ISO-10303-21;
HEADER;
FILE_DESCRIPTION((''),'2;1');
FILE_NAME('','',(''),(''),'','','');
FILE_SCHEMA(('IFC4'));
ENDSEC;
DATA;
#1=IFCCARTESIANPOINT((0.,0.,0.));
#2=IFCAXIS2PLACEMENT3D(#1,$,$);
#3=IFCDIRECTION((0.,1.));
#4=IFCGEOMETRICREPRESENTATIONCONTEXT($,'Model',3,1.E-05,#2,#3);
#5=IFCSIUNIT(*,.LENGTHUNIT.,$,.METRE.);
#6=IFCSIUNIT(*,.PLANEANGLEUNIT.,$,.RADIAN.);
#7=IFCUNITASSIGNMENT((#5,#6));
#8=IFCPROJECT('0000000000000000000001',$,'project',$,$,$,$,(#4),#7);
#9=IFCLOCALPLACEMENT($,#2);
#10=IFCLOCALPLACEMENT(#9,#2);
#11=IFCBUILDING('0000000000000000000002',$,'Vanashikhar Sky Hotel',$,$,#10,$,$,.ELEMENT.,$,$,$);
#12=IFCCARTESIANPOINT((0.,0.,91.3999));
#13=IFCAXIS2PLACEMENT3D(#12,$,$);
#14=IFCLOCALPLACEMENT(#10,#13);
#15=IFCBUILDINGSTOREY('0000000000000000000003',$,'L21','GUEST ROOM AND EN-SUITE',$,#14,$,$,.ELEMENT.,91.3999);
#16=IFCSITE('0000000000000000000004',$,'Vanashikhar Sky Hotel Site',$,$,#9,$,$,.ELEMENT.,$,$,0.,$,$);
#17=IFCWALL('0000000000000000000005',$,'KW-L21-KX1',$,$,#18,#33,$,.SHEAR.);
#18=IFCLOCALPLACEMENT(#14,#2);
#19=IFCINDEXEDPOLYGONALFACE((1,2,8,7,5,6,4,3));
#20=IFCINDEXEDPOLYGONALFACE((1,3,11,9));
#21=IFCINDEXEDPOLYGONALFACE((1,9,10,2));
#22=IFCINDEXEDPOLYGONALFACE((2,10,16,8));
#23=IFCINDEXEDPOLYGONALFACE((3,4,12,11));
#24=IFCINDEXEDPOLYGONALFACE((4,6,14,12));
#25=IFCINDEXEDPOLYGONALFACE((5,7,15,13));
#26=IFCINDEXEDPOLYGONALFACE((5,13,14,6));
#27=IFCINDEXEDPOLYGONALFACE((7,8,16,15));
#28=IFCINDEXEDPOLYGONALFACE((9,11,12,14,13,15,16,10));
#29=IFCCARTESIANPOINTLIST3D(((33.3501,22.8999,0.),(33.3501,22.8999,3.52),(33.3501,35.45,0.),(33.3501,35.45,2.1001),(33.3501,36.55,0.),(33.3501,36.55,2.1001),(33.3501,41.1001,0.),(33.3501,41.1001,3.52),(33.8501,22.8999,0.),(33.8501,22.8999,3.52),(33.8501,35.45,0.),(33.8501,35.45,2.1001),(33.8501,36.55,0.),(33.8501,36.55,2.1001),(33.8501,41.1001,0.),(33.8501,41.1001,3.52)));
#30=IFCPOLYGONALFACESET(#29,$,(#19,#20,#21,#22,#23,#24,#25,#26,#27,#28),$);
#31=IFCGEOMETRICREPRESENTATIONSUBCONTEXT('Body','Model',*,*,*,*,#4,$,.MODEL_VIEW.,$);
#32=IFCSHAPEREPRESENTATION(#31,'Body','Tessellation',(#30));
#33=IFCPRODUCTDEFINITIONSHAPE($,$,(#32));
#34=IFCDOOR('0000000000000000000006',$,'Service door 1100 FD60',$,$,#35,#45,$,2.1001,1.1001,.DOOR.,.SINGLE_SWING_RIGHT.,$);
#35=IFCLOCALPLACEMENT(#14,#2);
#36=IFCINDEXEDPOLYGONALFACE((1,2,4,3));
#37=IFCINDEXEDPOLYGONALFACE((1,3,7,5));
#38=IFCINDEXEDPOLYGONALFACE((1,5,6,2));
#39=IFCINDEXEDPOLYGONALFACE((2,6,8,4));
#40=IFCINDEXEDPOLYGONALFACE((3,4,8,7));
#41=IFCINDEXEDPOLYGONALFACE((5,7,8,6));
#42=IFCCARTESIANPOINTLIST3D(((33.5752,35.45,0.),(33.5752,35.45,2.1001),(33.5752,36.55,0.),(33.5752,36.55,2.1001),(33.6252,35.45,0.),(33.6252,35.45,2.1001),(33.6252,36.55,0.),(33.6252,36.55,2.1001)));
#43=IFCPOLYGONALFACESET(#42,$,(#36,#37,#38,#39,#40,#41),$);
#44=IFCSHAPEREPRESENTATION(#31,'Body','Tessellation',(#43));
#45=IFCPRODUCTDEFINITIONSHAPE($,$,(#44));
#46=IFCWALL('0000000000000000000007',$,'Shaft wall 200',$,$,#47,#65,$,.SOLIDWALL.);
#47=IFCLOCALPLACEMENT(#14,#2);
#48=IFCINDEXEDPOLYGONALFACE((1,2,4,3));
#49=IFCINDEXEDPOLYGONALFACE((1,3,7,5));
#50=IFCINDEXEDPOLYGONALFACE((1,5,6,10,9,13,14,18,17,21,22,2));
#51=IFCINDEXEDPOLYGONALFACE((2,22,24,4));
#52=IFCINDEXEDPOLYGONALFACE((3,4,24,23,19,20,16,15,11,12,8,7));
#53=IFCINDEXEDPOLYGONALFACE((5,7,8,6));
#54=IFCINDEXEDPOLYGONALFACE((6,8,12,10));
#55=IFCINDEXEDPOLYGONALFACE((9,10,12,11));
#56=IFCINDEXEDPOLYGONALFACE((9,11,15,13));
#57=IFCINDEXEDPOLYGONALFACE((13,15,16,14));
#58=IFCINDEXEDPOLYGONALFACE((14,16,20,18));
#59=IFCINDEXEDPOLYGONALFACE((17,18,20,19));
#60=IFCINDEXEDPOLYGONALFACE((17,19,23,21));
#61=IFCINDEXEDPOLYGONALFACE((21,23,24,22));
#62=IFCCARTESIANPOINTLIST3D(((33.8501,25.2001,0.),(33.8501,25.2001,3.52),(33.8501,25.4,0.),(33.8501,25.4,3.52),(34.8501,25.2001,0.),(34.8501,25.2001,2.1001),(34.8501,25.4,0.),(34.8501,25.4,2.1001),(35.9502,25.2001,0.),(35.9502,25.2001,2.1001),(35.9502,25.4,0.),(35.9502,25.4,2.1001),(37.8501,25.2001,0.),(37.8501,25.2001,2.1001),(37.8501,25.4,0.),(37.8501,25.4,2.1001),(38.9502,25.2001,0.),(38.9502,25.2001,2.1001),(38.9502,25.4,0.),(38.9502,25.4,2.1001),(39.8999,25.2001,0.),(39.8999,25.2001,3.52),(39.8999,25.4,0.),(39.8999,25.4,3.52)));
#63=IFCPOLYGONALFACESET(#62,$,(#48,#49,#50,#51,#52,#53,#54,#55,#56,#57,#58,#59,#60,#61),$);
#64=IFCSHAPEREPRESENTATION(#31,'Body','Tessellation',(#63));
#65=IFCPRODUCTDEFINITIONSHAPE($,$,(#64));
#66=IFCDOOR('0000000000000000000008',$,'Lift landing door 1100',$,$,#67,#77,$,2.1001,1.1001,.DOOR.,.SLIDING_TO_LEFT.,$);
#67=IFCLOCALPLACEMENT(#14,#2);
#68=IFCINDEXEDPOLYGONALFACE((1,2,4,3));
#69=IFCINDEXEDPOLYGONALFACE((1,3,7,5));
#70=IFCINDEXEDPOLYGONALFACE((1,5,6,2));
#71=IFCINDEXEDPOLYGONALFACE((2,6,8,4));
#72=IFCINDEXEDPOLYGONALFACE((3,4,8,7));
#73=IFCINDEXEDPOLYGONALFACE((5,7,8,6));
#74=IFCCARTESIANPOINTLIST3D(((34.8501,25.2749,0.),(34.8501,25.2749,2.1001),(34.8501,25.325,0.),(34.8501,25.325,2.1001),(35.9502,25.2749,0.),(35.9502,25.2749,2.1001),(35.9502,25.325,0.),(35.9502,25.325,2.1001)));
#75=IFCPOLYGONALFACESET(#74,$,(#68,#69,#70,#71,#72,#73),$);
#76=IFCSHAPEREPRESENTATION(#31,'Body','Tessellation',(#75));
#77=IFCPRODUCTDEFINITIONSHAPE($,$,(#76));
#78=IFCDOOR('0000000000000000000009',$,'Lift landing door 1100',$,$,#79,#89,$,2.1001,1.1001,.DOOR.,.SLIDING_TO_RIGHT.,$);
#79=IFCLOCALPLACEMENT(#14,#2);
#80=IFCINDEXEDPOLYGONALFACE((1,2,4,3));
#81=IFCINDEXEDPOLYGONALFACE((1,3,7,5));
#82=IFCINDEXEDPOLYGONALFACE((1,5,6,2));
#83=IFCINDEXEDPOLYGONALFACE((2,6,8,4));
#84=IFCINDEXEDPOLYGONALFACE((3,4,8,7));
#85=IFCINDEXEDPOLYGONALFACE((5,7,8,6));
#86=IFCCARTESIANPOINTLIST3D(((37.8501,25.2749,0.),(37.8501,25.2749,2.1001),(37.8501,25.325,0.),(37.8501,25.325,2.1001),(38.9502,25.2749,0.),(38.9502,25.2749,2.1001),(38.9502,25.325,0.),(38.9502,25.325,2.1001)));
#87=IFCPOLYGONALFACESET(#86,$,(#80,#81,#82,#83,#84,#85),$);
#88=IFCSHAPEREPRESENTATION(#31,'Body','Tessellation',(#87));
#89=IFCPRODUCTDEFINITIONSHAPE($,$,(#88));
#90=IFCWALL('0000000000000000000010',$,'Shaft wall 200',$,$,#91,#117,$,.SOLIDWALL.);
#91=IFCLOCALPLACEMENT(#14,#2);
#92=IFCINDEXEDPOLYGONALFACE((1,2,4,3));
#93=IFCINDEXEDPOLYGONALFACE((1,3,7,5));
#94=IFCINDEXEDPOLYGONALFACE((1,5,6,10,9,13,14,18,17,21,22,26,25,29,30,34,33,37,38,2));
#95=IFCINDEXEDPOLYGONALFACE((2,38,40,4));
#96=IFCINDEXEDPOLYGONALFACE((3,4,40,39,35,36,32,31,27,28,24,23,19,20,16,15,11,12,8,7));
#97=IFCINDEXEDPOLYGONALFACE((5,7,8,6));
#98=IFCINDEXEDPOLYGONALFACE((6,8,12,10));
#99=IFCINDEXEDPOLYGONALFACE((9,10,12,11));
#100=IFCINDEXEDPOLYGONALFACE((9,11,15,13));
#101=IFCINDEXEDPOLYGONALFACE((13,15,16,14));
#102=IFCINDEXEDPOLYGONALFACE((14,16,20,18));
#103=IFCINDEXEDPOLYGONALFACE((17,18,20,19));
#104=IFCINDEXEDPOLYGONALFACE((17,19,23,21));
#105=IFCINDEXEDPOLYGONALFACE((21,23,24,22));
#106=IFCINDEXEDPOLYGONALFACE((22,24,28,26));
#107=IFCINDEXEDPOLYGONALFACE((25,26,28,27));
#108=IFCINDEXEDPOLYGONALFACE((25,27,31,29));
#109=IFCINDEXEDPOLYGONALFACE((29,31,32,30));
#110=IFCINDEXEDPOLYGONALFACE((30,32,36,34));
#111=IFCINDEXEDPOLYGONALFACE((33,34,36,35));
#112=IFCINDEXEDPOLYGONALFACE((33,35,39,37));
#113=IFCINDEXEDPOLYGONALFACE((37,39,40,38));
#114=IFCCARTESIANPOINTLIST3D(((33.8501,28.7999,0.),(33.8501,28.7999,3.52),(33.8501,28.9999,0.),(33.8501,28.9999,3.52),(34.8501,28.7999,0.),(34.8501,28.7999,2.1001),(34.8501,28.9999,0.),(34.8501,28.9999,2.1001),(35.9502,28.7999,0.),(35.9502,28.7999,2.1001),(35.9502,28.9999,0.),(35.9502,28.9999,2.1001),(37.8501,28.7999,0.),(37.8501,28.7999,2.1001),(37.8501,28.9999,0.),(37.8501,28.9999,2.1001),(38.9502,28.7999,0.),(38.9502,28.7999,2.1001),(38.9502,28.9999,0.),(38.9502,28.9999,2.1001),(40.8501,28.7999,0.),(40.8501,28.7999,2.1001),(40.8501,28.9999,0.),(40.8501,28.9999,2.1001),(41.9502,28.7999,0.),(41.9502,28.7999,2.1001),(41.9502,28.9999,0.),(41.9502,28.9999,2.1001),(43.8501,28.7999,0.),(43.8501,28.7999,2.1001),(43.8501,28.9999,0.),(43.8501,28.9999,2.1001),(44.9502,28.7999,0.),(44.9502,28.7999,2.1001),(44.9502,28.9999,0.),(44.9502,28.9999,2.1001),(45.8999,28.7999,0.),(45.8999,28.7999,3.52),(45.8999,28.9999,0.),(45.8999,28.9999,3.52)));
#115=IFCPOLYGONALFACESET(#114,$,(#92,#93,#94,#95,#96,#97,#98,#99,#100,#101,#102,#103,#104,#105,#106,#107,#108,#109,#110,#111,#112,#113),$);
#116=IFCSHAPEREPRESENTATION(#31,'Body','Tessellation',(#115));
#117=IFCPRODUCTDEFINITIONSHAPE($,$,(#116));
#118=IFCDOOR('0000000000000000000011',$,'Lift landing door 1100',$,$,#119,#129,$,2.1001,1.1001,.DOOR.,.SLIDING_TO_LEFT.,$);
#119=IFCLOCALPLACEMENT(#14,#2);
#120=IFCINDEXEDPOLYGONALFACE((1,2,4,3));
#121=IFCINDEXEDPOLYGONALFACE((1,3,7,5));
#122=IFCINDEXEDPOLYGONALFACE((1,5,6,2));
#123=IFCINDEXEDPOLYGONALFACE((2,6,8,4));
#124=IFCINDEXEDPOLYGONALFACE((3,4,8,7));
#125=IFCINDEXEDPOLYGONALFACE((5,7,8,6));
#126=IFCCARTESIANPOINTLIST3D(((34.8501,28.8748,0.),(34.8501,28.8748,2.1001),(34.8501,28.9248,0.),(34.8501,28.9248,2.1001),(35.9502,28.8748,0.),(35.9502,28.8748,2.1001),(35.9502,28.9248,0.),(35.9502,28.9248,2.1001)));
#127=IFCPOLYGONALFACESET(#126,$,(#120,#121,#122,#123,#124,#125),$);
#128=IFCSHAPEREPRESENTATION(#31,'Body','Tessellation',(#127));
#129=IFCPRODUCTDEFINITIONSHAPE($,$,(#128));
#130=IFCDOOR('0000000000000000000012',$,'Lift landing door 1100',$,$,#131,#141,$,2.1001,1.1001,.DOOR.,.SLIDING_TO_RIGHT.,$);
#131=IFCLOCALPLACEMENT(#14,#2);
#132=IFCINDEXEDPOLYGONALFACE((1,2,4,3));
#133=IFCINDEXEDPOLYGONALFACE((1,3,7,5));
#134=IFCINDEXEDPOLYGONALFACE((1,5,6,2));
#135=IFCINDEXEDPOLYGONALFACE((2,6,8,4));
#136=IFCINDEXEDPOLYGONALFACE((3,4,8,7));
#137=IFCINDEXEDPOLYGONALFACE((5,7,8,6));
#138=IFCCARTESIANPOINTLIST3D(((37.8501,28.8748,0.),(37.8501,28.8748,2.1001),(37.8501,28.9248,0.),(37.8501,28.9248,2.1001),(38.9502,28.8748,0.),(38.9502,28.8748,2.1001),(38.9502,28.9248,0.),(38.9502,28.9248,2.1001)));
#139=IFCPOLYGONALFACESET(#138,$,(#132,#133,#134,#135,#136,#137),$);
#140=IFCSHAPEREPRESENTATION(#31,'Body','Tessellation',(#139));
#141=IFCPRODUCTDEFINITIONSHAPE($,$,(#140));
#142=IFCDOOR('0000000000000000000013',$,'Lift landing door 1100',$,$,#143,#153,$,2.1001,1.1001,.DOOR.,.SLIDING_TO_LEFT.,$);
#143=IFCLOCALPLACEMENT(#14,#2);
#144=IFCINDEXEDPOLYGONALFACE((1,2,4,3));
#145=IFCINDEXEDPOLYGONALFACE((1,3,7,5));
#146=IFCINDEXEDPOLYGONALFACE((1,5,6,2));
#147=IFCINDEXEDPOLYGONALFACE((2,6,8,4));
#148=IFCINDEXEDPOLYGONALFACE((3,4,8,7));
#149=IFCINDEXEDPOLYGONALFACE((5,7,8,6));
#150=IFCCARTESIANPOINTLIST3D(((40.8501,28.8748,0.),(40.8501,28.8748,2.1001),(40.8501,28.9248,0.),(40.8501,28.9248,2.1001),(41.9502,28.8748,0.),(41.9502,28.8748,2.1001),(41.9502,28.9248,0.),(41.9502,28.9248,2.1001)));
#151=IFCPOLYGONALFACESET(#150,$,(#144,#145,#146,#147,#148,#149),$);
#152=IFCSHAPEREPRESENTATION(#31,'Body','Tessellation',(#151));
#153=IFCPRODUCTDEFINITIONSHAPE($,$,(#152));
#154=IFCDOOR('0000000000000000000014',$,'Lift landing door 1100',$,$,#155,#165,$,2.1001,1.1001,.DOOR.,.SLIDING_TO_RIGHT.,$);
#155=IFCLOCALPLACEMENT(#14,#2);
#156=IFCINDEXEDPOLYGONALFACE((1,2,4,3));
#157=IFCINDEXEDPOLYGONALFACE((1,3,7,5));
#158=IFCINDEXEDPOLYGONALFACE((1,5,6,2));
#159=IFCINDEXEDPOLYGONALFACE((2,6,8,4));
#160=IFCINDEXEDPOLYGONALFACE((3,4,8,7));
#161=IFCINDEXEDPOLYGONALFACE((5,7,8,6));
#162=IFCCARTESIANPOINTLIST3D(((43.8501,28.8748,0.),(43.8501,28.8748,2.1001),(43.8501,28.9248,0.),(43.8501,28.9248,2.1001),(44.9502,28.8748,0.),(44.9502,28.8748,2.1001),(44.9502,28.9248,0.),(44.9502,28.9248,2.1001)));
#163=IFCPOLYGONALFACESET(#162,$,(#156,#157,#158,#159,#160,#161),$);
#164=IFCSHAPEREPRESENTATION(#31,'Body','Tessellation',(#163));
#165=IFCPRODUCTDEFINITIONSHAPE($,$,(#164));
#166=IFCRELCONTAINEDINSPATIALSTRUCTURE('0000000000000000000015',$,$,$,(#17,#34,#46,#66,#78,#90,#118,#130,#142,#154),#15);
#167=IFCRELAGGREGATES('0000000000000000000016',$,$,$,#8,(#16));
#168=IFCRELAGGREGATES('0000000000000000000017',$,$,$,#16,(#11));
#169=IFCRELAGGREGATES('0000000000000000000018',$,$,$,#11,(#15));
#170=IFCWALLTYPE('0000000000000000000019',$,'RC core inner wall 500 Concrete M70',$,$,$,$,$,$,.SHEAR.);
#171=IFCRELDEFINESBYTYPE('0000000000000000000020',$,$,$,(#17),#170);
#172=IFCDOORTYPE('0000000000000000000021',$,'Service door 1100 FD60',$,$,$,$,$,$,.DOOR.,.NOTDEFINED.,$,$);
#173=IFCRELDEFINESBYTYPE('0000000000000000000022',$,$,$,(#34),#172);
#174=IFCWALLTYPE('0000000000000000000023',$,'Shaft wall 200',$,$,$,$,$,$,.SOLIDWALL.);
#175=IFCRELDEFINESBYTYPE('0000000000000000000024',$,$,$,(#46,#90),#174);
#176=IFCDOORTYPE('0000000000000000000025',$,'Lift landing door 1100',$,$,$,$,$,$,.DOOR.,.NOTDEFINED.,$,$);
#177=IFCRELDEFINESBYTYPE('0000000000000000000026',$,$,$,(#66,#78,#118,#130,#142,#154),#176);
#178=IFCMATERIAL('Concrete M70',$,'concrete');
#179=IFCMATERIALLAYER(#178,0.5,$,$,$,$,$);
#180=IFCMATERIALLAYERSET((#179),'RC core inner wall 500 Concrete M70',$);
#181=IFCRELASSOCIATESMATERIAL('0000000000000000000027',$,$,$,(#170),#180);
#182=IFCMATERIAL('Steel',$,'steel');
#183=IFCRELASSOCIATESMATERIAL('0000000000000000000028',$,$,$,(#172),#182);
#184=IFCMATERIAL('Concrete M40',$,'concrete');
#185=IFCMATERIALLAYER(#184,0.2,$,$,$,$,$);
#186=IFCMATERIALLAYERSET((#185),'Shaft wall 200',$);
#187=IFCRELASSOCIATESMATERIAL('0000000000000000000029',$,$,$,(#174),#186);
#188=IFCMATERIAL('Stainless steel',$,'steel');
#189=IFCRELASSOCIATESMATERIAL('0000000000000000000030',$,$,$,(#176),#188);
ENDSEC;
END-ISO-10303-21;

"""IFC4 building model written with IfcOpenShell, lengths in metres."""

from ifc_helpers import new_model, si_unit, direction, frame, frame_2d, origin, place, context, subcontext, project, spatial, rectangle, extrude, source, transform, mapped, material, layer, layer_set, type_object, element, fill, save


model = new_model("IFC4")

# Units and contexts
model_context = context("Model", 3, precision=1e-05, world=origin(), true_north=direction((0.0, 1.0)))
body_context = subcontext(model_context, "Body", "Model", "MODEL_VIEW")
ifc_project = project(units=[si_unit("LENGTHUNIT", "METRE"), si_unit("PLANEANGLEUNIT", "RADIAN")], contexts=[model_context])

# Site, building, storey
site_placement = place(None, origin())
site = spatial("IfcSite", under=ifc_project, at=site_placement, Name="Vanashikhar Sky Hotel Site", CompositionType="ELEMENT", RefElevation=0.0)
building_placement = place(site_placement, origin())
building = spatial("IfcBuilding", under=site, at=building_placement, Name="Vanashikhar Sky Hotel", CompositionType="ELEMENT")
storey_placement = place(building_placement, frame((0.0, 0.0, 91.3999)))
storey = spatial("IfcBuildingStorey", under=building, at=storey_placement, Name="L21", Description="GUEST ROOM AND EN-SUITE", CompositionType="ELEMENT", Elevation=91.3999)

# Wall, opening, door
ifc_material_1 = material(Name="Concrete M70", Category="concrete")
ifc_layer_1 = layer(ifc_material_1, 0.5)
ifc_layer_set_1 = layer_set([ifc_layer_1], Name="RC core inner wall 500 Concrete M70")
wall_type_1 = type_object("IfcWallType", Name="RC core inner wall 500 Concrete M70", PredefinedType="SHEAR", material=ifc_layer_set_1)
shared_shape_1 = source(origin(), body_context, "Body", "SweptSolid", [
    extrude(rectangle(XDim=18.2002, YDim=0.5, at=frame_2d((9.1001, 0.0))), origin(), (0.0, 0.0, 1.0), 3.52),
])
wall_1_placement = place(storey_placement, frame((33.6001, 22.8999, 0.0), z_axis=(0.0, 0.0, 1.0), x_axis=(0.0, 1.0, 0.0)))
wall_1 = element("IfcWall", 1, at=wall_1_placement, inside=storey, type_object=wall_type_1, Name="KW-L21-KX1", PredefinedType="SHEAR", context=body_context, shape_type="MappedRepresentation", body=[
    mapped(shared_shape_1, transform((0.0, 0.0, 0.0), scale=1.0)),
])
shared_shape_2 = source(origin(), body_context, "Body", "SweptSolid", [
    extrude(rectangle(XDim=1.1001, YDim=2.1001, at=frame_2d((0.55, 1.05))), frame((0.0, 0.26, 0.0), z_axis=(0.0, -1.0, 0.0), x_axis=(1.0, 0.0, 0.0)), (0.0, 0.0, 1.0), 0.52),
])
opening_1_placement = place(wall_1_placement, frame((12.55, 0.0, 0.0)))
opening_1 = element("IfcOpeningElement", 2, at=opening_1_placement, cuts=wall_1, PredefinedType="OPENING", context=body_context, shape_type="MappedRepresentation", body=[
    mapped(shared_shape_2, transform((0.0, 0.0, 0.0), scale=1.0)),
])
ifc_material_2 = material(Name="Steel", Category="steel")
door_type_1 = type_object("IfcDoorType", Name="Service door 1100 FD60", OperationType="NOTDEFINED", PredefinedType="DOOR", material=ifc_material_2)
shared_shape_3 = source(origin(), body_context, "Body", "SweptSolid", [
    extrude(rectangle(XDim=1.1001, YDim=2.1001, at=frame_2d((0.55, 1.05))), frame((0.0, 0.0249, 0.0), z_axis=(0.0, -1.0, 0.0), x_axis=(1.0, 0.0, 0.0)), (0.0, 0.0, 1.0), 0.05),
])
door_1_placement = place(opening_1_placement, origin())
door_1 = element("IfcDoor", 3, at=door_1_placement, inside=storey, type_object=door_type_1, Name="Service door 1100 FD60", OperationType="SINGLE_SWING_RIGHT", OverallHeight=2.1001, OverallWidth=1.1001, PredefinedType="DOOR", context=body_context, shape_type="MappedRepresentation", body=[
    mapped(shared_shape_3, transform((0.0, 0.0, 0.0), scale=1.0)),
])
fill(opening_1, door_1)

# Walls, openings, doors
ifc_material_3 = material(Name="Concrete M40", Category="concrete")
ifc_layer_2 = layer(ifc_material_3, 0.2)
ifc_layer_set_2 = layer_set([ifc_layer_2], Name="Shaft wall 200")
wall_type_2 = type_object("IfcWallType", Name="Shaft wall 200", PredefinedType="SOLIDWALL", material=ifc_layer_set_2)
shared_shape_4 = source(origin(), body_context, "Body", "SweptSolid", [
    extrude(rectangle(XDim=6.0498, YDim=0.2, at=frame_2d((3.0249, 0.0))), origin(), (0.0, 0.0, 1.0), 3.52),
])
wall_2_placement = place(storey_placement, frame((33.8501, 25.3, 0.0), z_axis=(0.0, 0.0, 1.0), x_axis=(1.0, 0.0, 0.0)))
wall_2 = element("IfcWall", 4, at=wall_2_placement, inside=storey, type_object=wall_type_2, Name="Shaft wall 200", PredefinedType="SOLIDWALL", context=body_context, shape_type="MappedRepresentation", body=[
    mapped(shared_shape_4, transform((0.0, 0.0, 0.0), scale=1.0)),
])
shared_shape_5 = source(origin(), body_context, "Body", "SweptSolid", [
    extrude(rectangle(XDim=1.1001, YDim=2.1001, at=frame_2d((0.55, 1.05))), frame((0.0, 0.1099, 0.0), z_axis=(0.0, -1.0, 0.0), x_axis=(1.0, 0.0, 0.0)), (0.0, 0.0, 1.0), 0.22),
])
opening_2_placement = place(wall_2_placement, frame((1.0, 0.0, 0.0)))
opening_2 = element("IfcOpeningElement", 5, at=opening_2_placement, cuts=wall_2, PredefinedType="OPENING", context=body_context, shape_type="MappedRepresentation", body=[
    mapped(shared_shape_5, transform((0.0, 0.0, 0.0), scale=1.0)),
])
opening_3_placement = place(wall_2_placement, frame((4.0, 0.0, 0.0)))
opening_3 = element("IfcOpeningElement", 6, at=opening_3_placement, cuts=wall_2, PredefinedType="OPENING", context=body_context, shape_type="MappedRepresentation", body=[
    mapped(shared_shape_5, transform((0.0, 0.0, 0.0), scale=1.0)),
])
ifc_material_4 = material(Name="Stainless steel", Category="steel")
door_type_2 = type_object("IfcDoorType", Name="Lift landing door 1100", OperationType="NOTDEFINED", PredefinedType="DOOR", material=ifc_material_4)
door_2_placement = place(opening_2_placement, origin())
door_2 = element("IfcDoor", 7, at=door_2_placement, inside=storey, type_object=door_type_2, Name="Lift landing door 1100", OperationType="SLIDING_TO_LEFT", OverallHeight=2.1001, OverallWidth=1.1001, PredefinedType="DOOR", context=body_context, shape_type="MappedRepresentation", body=[
    mapped(shared_shape_3, transform((0.0, 0.0, 0.0), scale=1.0)),
])
fill(opening_2, door_2)
door_3_placement = place(opening_3_placement, origin())
door_3 = element("IfcDoor", 8, at=door_3_placement, inside=storey, type_object=door_type_2, Name="Lift landing door 1100", OperationType="SLIDING_TO_RIGHT", OverallHeight=2.1001, OverallWidth=1.1001, PredefinedType="DOOR", context=body_context, shape_type="MappedRepresentation", body=[
    mapped(shared_shape_3, transform((0.0, 0.0, 0.0), scale=1.0)),
])
fill(opening_3, door_3)
shared_shape_6 = source(origin(), body_context, "Body", "SweptSolid", [
    extrude(rectangle(XDim=12.0498, YDim=0.2, at=frame_2d((6.0249, 0.0))), origin(), (0.0, 0.0, 1.0), 3.52),
])
wall_3_placement = place(storey_placement, frame((33.8501, 28.8999, 0.0), z_axis=(0.0, 0.0, 1.0), x_axis=(1.0, 0.0, 0.0)))
wall_3 = element("IfcWall", 9, at=wall_3_placement, inside=storey, type_object=wall_type_2, Name="Shaft wall 200", PredefinedType="SOLIDWALL", context=body_context, shape_type="MappedRepresentation", body=[
    mapped(shared_shape_6, transform((0.0, 0.0, 0.0), scale=1.0)),
])
opening_4_placement = place(wall_3_placement, frame((1.0, 0.0, 0.0)))
opening_4 = element("IfcOpeningElement", 10, at=opening_4_placement, cuts=wall_3, PredefinedType="OPENING", context=body_context, shape_type="MappedRepresentation", body=[
    mapped(shared_shape_5, transform((0.0, 0.0, 0.0), scale=1.0)),
])
opening_5_placement = place(wall_3_placement, frame((4.0, 0.0, 0.0)))
opening_5 = element("IfcOpeningElement", 11, at=opening_5_placement, cuts=wall_3, PredefinedType="OPENING", context=body_context, shape_type="MappedRepresentation", body=[
    mapped(shared_shape_5, transform((0.0, 0.0, 0.0), scale=1.0)),
])
opening_6_placement = place(wall_3_placement, frame((7.0, 0.0, 0.0)))
opening_6 = element("IfcOpeningElement", 12, at=opening_6_placement, cuts=wall_3, PredefinedType="OPENING", context=body_context, shape_type="MappedRepresentation", body=[
    mapped(shared_shape_5, transform((0.0, 0.0, 0.0), scale=1.0)),
])
opening_7_placement = place(wall_3_placement, frame((10.0, 0.0, 0.0)))
opening_7 = element("IfcOpeningElement", 13, at=opening_7_placement, cuts=wall_3, PredefinedType="OPENING", context=body_context, shape_type="MappedRepresentation", body=[
    mapped(shared_shape_5, transform((0.0, 0.0, 0.0), scale=1.0)),
])
door_4_placement = place(opening_4_placement, origin())
door_4 = element("IfcDoor", 14, at=door_4_placement, inside=storey, type_object=door_type_2, Name="Lift landing door 1100", OperationType="SLIDING_TO_LEFT", OverallHeight=2.1001, OverallWidth=1.1001, PredefinedType="DOOR", context=body_context, shape_type="MappedRepresentation", body=[
    mapped(shared_shape_3, transform((0.0, 0.0, 0.0), scale=1.0)),
])
fill(opening_4, door_4)
door_5_placement = place(opening_5_placement, origin())
door_5 = element("IfcDoor", 15, at=door_5_placement, inside=storey, type_object=door_type_2, Name="Lift landing door 1100", OperationType="SLIDING_TO_RIGHT", OverallHeight=2.1001, OverallWidth=1.1001, PredefinedType="DOOR", context=body_context, shape_type="MappedRepresentation", body=[
    mapped(shared_shape_3, transform((0.0, 0.0, 0.0), scale=1.0)),
])
fill(opening_5, door_5)
door_6_placement = place(opening_6_placement, origin())
door_6 = element("IfcDoor", 16, at=door_6_placement, inside=storey, type_object=door_type_2, Name="Lift landing door 1100", OperationType="SLIDING_TO_LEFT", OverallHeight=2.1001, OverallWidth=1.1001, PredefinedType="DOOR", context=body_context, shape_type="MappedRepresentation", body=[
    mapped(shared_shape_3, transform((0.0, 0.0, 0.0), scale=1.0)),
])
fill(opening_6, door_6)
door_7_placement = place(opening_7_placement, origin())
door_7 = element("IfcDoor", 17, at=door_7_placement, inside=storey, type_object=door_type_2, Name="Lift landing door 1100", OperationType="SLIDING_TO_RIGHT", OverallHeight=2.1001, OverallWidth=1.1001, PredefinedType="DOOR", context=body_context, shape_type="MappedRepresentation", body=[
    mapped(shared_shape_3, transform((0.0, 0.0, 0.0), scale=1.0)),
])
fill(opening_7, door_7)

save(model, "model.ifc")
